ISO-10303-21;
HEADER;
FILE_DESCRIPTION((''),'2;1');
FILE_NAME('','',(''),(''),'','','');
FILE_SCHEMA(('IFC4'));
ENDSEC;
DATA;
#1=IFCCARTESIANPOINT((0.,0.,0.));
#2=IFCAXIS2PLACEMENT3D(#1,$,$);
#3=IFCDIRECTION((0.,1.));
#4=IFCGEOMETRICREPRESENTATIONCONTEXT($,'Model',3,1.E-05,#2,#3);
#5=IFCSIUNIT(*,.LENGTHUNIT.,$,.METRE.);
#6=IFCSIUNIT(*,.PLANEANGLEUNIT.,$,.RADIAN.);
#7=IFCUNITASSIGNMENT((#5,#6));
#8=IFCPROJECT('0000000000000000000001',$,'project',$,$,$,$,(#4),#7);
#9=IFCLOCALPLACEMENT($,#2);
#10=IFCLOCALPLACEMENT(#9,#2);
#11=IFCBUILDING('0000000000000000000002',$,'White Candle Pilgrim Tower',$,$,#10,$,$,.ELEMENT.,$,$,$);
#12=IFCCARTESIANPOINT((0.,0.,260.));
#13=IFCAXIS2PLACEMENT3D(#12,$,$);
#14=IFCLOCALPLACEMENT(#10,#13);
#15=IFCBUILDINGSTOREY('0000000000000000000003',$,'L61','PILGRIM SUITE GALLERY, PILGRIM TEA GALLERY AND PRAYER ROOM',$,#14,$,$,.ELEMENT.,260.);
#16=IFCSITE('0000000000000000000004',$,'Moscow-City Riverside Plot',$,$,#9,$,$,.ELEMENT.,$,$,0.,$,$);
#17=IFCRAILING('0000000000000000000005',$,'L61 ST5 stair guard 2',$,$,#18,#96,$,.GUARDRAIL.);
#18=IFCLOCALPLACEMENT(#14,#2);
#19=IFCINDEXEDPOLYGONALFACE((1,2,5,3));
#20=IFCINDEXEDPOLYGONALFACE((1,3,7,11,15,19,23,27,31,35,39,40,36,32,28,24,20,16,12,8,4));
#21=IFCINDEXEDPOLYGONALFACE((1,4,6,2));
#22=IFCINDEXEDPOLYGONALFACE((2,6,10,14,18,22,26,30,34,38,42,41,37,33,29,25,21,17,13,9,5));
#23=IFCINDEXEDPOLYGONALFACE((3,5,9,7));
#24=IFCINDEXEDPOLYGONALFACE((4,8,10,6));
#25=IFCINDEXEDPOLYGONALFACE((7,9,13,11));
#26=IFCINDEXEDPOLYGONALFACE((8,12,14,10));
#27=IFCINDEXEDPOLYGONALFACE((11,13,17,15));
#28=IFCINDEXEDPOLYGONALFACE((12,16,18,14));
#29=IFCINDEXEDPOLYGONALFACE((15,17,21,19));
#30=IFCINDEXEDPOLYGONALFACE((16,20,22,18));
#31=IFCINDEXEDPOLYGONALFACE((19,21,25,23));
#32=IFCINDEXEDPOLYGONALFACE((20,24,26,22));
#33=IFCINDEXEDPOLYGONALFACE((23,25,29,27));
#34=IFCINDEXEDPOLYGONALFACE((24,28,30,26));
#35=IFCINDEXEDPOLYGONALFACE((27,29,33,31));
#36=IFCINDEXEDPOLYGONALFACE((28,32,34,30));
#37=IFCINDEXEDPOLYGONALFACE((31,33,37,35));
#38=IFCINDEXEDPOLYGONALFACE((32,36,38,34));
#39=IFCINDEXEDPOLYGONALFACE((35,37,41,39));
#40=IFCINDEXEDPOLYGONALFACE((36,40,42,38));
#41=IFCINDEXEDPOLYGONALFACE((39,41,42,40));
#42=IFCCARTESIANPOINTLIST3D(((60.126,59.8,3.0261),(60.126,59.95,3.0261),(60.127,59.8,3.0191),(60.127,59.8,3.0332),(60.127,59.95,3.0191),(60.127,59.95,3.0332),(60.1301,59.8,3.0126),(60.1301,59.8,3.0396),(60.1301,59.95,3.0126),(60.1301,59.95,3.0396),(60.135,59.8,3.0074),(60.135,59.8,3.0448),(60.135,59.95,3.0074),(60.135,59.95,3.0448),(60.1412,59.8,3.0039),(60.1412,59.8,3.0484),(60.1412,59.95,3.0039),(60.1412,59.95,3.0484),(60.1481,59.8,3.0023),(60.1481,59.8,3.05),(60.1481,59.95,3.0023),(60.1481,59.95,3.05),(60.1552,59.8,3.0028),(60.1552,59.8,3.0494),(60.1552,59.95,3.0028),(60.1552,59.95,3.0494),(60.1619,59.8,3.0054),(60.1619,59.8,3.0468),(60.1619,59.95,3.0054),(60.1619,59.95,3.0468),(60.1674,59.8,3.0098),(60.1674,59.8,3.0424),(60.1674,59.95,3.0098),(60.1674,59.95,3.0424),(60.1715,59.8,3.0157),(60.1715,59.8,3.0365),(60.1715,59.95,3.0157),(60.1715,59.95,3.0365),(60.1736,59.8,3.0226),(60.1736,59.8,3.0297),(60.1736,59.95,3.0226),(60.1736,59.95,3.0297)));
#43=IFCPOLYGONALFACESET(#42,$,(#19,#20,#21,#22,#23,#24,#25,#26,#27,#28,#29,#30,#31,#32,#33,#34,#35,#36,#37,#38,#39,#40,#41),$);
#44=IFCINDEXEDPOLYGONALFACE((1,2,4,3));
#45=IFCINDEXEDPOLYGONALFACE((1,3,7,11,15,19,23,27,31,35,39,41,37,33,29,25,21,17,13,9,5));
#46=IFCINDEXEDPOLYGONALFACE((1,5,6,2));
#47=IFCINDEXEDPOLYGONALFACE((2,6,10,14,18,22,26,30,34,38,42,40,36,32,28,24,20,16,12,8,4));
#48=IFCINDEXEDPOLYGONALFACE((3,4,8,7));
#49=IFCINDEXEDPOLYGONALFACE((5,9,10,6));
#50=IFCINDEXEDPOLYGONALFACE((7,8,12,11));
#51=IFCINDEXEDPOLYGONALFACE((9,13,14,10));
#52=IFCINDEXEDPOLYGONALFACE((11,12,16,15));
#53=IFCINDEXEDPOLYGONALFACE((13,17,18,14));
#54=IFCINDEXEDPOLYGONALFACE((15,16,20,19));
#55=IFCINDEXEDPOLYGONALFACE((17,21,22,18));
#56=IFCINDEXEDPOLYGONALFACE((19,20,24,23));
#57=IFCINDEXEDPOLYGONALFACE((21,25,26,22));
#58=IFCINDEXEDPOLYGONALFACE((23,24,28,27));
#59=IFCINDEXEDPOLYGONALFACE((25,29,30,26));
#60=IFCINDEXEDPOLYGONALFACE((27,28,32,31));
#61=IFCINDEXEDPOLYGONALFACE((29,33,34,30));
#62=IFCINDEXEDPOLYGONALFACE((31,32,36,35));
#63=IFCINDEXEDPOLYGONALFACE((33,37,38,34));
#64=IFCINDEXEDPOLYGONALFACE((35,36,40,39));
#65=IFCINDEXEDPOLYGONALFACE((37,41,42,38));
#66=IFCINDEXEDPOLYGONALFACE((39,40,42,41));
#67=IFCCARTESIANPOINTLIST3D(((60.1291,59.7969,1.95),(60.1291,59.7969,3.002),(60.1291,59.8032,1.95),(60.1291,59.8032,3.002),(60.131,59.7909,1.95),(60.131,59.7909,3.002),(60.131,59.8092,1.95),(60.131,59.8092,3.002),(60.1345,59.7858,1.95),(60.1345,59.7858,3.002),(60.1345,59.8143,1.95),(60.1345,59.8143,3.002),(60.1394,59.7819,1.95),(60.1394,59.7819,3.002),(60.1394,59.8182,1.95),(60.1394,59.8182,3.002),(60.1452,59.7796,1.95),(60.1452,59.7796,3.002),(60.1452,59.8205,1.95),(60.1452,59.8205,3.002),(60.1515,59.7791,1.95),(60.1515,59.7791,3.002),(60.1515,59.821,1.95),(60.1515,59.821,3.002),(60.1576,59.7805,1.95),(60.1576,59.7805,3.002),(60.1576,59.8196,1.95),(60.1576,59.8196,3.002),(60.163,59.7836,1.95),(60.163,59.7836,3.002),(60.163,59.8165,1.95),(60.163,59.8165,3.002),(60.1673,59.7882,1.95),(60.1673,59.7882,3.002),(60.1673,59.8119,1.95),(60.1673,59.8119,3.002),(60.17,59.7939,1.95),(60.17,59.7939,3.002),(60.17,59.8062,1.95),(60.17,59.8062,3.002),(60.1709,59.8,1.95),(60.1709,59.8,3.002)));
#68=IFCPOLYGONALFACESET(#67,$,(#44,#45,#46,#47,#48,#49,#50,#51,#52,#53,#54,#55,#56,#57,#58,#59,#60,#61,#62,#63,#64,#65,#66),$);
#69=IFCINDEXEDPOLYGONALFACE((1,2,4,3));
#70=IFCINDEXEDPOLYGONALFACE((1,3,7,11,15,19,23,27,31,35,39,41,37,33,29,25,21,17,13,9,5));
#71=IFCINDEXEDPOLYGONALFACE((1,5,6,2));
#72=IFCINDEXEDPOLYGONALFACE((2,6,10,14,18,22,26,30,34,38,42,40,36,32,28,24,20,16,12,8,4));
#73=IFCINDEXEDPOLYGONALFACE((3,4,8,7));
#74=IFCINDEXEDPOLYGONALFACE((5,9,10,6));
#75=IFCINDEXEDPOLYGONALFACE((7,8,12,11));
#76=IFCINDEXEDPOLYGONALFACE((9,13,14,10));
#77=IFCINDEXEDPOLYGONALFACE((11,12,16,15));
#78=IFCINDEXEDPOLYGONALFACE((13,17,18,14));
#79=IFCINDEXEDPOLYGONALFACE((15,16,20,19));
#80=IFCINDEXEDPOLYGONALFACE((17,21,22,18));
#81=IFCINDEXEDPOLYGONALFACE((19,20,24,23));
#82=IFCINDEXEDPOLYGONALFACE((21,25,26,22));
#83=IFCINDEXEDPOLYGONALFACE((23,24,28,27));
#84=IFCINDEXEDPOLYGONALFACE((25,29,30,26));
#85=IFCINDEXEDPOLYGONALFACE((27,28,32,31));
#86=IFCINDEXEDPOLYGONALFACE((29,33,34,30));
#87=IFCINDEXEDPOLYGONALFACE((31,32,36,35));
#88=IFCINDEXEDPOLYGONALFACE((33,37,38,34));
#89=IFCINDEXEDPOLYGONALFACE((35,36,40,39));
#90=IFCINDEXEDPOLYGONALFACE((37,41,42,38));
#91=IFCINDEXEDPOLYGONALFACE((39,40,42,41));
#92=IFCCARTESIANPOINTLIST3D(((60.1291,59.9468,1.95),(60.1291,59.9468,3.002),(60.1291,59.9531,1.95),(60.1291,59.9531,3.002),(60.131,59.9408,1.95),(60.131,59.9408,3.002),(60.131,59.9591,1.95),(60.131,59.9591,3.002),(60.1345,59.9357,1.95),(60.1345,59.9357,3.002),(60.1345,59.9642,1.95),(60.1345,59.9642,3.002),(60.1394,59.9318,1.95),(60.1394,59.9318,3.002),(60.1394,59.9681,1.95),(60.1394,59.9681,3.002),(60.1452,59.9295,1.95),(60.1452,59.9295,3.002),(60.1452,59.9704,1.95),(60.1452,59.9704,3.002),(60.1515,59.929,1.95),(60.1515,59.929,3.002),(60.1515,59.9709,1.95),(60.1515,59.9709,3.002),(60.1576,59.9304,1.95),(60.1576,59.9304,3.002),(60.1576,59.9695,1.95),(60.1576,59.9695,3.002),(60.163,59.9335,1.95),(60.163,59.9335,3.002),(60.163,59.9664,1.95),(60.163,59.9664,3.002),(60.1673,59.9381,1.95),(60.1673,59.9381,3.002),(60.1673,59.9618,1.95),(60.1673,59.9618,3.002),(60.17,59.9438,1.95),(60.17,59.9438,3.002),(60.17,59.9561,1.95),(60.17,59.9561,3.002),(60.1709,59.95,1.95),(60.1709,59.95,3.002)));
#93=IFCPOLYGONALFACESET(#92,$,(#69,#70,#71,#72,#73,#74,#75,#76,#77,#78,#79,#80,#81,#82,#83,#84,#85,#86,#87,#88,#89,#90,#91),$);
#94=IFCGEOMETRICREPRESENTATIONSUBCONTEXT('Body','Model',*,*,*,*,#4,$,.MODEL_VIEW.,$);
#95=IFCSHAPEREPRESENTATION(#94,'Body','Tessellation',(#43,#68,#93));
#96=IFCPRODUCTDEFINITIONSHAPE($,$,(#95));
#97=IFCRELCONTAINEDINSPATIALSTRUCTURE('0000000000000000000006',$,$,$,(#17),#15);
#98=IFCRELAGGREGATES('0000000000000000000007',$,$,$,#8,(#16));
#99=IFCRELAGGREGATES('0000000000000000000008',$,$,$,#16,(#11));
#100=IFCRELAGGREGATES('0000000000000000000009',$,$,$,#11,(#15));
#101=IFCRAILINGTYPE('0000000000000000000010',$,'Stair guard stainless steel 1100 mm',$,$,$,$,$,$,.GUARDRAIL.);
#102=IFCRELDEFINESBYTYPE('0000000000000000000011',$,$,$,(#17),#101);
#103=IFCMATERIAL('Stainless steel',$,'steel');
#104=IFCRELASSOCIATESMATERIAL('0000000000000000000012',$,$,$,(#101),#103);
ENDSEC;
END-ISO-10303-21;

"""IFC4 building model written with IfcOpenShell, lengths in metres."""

from ifc_helpers import new_model, si_unit, direction, frame, origin, origin_2d, place, context, subcontext, project, spatial, circle, extrude, material, type_object, element, save


model = new_model("IFC4")

# Units and contexts
model_context = context("Model", 3, precision=1e-05, world=origin(), true_north=direction((0.0, 1.0)))
body_context = subcontext(model_context, "Body", "Model", "MODEL_VIEW")
ifc_project = project(units=[si_unit("LENGTHUNIT", "METRE"), si_unit("PLANEANGLEUNIT", "RADIAN")], contexts=[model_context])

# Site, building, storey
site_placement = place(None, origin())
site = spatial("IfcSite", under=ifc_project, at=site_placement, Name="Moscow-City Riverside Plot", CompositionType="ELEMENT", RefElevation=0.0)
building_placement = place(site_placement, origin())
building = spatial("IfcBuilding", under=site, at=building_placement, Name="White Candle Pilgrim Tower", CompositionType="ELEMENT")
storey_placement = place(building_placement, frame((0.0, 0.0, 260.0)))
storey = spatial("IfcBuildingStorey", under=building, at=storey_placement, Name="L61", Description="PILGRIM SUITE GALLERY, PILGRIM TEA GALLERY AND PRAYER ROOM", CompositionType="ELEMENT", Elevation=260.0)

# Railing
ifc_material_1 = material(Name="Stainless steel", Category="steel")
railing_type_1 = type_object("IfcRailingType", Name="Stair guard stainless steel 1100 mm", PredefinedType="GUARDRAIL", material=ifc_material_1)
railing_1_placement = place(storey_placement, frame((60.1499, 59.8, 1.95)))
element("IfcRailing", 1, at=railing_1_placement, inside=storey, type_object=railing_type_1, Name="L61 ST5 stair guard 2", PredefinedType="GUARDRAIL", context=body_context, shape_type="SweptSolid", body=[
    extrude(circle(Radius=0.0239, at=origin_2d()), frame((0.0, 0.0, 1.0762), z_axis=(0.0, 1.0, 0.0), x_axis=(-1.0, 0.0, 0.0)), (0.0, 0.0, 1.0), 0.1499),
    extrude(circle(Radius=0.021, at=origin_2d()), origin(), (0.0, 0.0, 1.0), 1.052),
    extrude(circle(Radius=0.021, at=origin_2d()), frame((0.0, 0.1499, 0.0)), (0.0, 0.0, 1.0), 1.052),
])

save(model, "model.ifc")
